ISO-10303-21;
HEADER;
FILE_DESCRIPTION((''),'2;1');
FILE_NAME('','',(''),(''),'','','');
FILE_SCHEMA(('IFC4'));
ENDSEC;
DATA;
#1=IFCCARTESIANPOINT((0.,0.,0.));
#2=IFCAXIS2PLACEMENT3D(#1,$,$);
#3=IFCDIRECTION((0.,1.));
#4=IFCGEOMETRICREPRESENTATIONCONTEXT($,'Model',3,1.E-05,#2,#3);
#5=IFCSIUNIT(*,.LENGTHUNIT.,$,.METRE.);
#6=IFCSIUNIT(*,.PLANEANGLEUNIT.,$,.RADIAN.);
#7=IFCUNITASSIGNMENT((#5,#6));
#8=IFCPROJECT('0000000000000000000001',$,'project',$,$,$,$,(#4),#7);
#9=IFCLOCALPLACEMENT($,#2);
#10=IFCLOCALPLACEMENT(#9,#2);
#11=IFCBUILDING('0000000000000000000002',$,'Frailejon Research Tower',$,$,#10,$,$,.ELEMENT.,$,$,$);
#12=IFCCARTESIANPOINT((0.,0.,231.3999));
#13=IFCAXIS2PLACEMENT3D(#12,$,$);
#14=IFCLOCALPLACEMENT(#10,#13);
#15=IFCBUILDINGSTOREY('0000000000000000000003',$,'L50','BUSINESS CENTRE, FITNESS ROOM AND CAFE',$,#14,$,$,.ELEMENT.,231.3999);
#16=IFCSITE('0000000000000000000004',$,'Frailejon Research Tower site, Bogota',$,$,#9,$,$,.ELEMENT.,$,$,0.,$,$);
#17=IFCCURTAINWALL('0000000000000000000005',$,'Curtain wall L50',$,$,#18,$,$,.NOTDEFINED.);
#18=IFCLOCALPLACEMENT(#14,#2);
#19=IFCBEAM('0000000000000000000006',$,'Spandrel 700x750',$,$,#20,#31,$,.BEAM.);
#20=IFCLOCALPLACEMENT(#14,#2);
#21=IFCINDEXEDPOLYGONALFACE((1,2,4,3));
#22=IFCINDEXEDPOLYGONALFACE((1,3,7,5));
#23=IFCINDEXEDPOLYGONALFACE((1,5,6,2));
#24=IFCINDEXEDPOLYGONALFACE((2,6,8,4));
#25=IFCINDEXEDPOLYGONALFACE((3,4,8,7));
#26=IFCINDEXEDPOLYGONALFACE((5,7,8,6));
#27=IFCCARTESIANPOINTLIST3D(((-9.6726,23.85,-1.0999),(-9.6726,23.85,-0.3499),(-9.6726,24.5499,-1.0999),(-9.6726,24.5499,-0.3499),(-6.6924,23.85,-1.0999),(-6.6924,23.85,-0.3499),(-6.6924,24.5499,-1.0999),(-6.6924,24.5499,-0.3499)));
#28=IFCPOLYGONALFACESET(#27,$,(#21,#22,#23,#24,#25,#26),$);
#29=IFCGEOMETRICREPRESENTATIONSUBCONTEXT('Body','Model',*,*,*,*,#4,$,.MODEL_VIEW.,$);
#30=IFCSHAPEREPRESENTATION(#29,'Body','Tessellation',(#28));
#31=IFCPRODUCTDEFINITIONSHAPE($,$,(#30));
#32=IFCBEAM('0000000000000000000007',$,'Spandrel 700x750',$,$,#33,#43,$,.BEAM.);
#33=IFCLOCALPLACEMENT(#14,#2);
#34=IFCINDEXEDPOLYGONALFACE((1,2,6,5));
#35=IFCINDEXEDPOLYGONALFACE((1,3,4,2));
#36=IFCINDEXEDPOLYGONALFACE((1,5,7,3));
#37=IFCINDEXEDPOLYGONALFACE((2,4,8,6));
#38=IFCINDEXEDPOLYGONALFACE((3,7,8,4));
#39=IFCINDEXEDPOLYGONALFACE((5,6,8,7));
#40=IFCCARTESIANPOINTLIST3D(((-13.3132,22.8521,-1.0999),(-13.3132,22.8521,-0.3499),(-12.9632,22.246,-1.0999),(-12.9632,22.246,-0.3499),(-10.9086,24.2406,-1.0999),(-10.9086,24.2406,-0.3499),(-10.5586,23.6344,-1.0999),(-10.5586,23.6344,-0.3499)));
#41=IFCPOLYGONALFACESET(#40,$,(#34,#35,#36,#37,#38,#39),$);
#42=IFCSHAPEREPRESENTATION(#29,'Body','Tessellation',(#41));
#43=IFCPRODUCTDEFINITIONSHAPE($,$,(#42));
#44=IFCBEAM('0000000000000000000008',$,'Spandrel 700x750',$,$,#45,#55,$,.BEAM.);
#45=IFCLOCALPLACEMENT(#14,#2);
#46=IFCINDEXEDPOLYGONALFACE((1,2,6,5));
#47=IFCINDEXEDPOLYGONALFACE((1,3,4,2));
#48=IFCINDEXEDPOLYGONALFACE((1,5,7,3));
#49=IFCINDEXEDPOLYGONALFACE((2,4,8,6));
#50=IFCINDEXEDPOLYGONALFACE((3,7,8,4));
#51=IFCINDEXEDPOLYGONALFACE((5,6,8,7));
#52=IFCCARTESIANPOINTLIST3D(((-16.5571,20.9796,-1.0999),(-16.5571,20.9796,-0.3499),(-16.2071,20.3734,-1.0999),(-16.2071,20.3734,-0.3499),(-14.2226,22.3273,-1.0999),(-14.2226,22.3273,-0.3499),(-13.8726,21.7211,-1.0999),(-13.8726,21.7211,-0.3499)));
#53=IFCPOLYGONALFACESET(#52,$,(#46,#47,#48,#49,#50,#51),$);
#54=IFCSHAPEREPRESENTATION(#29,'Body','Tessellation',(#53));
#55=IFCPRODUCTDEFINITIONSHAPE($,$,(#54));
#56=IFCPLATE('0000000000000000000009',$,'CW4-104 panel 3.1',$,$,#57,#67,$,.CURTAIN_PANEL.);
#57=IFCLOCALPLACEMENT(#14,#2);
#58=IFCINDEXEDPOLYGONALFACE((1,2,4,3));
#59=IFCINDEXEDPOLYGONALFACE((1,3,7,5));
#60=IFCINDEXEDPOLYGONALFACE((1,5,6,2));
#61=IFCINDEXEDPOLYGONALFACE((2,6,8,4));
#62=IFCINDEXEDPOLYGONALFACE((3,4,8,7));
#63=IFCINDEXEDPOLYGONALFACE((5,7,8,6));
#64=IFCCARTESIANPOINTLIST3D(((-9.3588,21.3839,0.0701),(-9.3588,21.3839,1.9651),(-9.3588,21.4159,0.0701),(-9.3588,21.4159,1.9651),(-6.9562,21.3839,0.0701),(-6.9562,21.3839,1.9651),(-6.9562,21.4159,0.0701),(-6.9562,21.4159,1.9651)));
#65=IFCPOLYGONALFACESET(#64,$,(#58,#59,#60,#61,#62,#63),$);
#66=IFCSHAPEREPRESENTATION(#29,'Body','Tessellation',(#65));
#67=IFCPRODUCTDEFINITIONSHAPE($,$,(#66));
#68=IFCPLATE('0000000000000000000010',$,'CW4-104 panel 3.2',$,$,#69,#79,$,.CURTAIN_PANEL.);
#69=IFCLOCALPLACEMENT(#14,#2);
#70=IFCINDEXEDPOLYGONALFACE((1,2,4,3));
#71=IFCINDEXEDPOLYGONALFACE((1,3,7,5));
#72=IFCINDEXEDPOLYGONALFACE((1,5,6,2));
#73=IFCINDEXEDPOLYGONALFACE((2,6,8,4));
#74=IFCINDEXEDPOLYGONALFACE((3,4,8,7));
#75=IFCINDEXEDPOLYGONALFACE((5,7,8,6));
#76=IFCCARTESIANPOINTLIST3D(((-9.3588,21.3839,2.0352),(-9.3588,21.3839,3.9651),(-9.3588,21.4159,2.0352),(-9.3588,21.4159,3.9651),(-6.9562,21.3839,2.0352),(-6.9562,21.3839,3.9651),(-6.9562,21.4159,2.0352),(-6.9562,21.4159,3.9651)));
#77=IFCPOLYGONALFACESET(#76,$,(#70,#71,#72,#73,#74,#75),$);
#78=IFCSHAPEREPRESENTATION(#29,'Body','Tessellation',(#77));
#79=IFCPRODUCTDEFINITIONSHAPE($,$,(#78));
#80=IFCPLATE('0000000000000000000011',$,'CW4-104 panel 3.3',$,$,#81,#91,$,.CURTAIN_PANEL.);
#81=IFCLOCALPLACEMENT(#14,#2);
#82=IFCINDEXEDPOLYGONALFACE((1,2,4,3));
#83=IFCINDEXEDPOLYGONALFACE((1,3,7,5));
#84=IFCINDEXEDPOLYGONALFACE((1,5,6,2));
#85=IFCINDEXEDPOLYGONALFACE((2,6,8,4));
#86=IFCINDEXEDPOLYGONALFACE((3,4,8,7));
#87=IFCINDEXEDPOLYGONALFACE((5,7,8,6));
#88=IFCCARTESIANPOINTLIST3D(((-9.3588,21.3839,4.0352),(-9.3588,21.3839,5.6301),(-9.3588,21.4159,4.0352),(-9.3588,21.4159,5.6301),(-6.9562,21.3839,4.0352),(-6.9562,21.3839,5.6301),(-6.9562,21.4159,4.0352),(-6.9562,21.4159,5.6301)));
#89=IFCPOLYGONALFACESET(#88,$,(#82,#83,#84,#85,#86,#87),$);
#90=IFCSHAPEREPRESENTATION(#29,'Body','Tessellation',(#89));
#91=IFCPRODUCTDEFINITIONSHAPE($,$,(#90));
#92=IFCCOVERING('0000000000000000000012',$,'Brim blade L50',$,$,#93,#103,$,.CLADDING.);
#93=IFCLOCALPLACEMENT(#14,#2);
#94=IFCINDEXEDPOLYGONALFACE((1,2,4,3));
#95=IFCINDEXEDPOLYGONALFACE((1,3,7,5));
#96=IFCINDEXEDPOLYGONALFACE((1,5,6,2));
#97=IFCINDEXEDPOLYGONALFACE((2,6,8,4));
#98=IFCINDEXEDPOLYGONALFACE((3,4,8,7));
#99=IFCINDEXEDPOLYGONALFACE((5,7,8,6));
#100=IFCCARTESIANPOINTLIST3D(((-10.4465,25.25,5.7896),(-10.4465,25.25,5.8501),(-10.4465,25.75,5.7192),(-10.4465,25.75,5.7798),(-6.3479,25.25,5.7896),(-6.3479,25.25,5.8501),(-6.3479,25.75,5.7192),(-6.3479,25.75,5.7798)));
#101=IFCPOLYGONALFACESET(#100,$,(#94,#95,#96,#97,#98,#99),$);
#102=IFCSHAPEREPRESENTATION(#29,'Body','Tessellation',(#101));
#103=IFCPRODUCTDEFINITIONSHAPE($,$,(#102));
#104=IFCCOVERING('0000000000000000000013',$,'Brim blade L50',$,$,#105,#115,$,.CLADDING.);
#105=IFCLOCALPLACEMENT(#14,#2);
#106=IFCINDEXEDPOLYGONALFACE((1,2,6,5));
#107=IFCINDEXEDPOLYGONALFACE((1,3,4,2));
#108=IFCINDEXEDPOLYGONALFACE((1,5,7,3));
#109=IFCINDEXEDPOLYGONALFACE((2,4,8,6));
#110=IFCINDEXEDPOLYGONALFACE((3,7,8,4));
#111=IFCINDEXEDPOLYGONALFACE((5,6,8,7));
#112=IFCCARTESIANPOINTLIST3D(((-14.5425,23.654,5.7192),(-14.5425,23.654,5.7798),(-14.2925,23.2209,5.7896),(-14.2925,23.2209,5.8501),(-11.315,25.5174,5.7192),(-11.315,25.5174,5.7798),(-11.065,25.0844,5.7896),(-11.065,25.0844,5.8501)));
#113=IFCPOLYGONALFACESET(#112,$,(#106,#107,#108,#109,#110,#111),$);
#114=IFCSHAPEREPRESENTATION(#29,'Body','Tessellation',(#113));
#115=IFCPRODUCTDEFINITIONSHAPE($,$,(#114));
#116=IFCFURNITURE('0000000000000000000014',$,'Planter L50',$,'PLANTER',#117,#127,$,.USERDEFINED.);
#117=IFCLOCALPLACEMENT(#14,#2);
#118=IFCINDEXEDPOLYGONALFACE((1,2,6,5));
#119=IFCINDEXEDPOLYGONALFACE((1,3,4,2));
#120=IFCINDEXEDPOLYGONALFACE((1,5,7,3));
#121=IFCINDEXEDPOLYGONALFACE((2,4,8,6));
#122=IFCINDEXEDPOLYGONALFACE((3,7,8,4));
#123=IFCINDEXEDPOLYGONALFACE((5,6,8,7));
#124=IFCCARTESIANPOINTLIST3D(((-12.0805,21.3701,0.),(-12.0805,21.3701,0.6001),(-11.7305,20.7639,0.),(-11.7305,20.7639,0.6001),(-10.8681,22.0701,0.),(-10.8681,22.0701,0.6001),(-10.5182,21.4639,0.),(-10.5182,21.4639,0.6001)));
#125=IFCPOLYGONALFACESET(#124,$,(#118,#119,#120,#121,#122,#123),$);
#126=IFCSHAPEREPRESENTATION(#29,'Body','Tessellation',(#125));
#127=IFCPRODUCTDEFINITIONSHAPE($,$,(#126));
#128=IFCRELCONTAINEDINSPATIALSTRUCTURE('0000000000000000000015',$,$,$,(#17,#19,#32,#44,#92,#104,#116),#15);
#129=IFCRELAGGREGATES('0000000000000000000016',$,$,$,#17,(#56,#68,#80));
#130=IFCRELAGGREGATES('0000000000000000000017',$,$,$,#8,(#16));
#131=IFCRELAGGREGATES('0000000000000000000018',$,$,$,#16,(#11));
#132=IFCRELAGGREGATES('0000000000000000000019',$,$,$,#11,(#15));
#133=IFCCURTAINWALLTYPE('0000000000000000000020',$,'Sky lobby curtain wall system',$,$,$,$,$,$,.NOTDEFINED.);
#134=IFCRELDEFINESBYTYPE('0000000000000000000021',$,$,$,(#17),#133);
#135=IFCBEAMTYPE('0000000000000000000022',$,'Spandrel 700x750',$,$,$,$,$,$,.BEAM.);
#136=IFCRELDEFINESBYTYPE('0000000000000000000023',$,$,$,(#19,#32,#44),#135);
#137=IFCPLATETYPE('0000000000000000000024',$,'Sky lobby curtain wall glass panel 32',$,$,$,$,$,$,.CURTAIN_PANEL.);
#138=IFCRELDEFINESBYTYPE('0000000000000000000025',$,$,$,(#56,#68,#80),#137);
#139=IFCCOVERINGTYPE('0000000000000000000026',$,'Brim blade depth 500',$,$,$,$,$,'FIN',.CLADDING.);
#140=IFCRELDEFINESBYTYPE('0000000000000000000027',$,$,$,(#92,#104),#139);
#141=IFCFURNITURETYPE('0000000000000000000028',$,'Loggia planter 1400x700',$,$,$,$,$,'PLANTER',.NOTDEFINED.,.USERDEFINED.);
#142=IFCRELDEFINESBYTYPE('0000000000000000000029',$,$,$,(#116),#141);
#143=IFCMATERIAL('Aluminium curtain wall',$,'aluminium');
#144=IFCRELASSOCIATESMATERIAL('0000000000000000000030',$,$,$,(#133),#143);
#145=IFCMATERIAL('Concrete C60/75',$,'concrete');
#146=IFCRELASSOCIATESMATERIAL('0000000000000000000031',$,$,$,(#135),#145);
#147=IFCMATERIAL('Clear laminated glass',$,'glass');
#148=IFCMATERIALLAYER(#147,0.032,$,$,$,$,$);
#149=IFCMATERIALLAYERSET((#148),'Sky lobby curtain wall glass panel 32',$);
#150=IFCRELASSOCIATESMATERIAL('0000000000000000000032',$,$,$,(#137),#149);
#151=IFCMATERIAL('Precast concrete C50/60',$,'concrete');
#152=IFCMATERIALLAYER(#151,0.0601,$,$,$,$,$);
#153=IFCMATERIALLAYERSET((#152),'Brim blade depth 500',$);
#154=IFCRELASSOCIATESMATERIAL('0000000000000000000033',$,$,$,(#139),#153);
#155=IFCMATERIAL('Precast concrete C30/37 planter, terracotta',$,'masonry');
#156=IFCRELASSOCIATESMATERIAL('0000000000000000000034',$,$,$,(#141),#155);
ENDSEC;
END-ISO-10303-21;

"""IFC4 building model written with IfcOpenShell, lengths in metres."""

from ifc_helpers import new_model, si_unit, direction, frame, origin, origin_2d, place, context, subcontext, project, spatial, polyline, rectangle, outline, extrude, material, layer, layer_set, material_profile, profile_set, type_object, element, aggregate, save


model = new_model("IFC4")

# Units and contexts
model_context = context("Model", 3, precision=1e-05, world=origin(), true_north=direction((0.0, 1.0)))
body_context = subcontext(model_context, "Body", "Model", "MODEL_VIEW")
ifc_project = project(units=[si_unit("LENGTHUNIT", "METRE"), si_unit("PLANEANGLEUNIT", "RADIAN")], contexts=[model_context])

# Site, building, storey
site_placement = place(None, origin())
site = spatial("IfcSite", under=ifc_project, at=site_placement, Name="Frailejon Research Tower site, Bogota", CompositionType="ELEMENT", RefElevation=0.0)
building_placement = place(site_placement, origin())
building = spatial("IfcBuilding", under=site, at=building_placement, Name="Frailejon Research Tower", CompositionType="ELEMENT")
storey_placement = place(building_placement, frame((0.0, 0.0, 231.3999)))
storey = spatial("IfcBuildingStorey", under=building, at=storey_placement, Name="L50", Description="BUSINESS CENTRE, FITNESS ROOM AND CAFE", CompositionType="ELEMENT", Elevation=231.3999)

# Curtain wall
ifc_material_1 = material(Name="Aluminium curtain wall", Category="aluminium")
curtain_wall_type = type_object("IfcCurtainWallType", Name="Sky lobby curtain wall system", PredefinedType="NOTDEFINED", material=ifc_material_1)
curtain_wall_1_placement = place(storey_placement, origin())
curtain_wall_1 = element("IfcCurtainWall", 1, at=curtain_wall_1_placement, inside=storey, type_object=curtain_wall_type, Name="Curtain wall L50", PredefinedType="NOTDEFINED")

# Beams
ifc_material_2 = material(Name="Concrete C60/75", Category="concrete")
ifc_material_profile_1 = material_profile(ifc_material_2, rectangle(XDim=0.7, YDim=0.75, at=origin_2d()), Name="Spandrel 700x750")
ifc_profile_set_1 = profile_set([ifc_material_profile_1], Name="Concrete C60/75")
beam_type_1 = type_object("IfcBeamType", Name="Spandrel 700x750", PredefinedType="BEAM", material=ifc_profile_set_1)
beam_1_placement = place(storey_placement, frame((-6.6924, 24.2, -0.7249), z_axis=(-1.0, 0.0, 0.0), x_axis=(0.0, -1.0, 0.0)))
element("IfcBeam", 2, at=beam_1_placement, inside=storey, type_object=beam_type_1, Name="Spandrel 700x750", PredefinedType="BEAM", context=body_context, shape_type="SweptSolid", body=[
    extrude(rectangle(XDim=0.7, YDim=0.75, at=origin_2d()), origin(), (0.0, 0.0, 1.0), 2.9802),
])
beam_2_placement = place(storey_placement, frame((-10.7336, 23.9375, -0.7249), z_axis=(-0.866, -0.500045, 0.0), x_axis=(0.500045, -0.866, 0.0)))
element("IfcBeam", 3, at=beam_2_placement, inside=storey, type_object=beam_type_1, Name="Spandrel 700x750", PredefinedType="BEAM", context=body_context, shape_type="SweptSolid", body=[
    extrude(rectangle(XDim=0.7, YDim=0.75, at=origin_2d()), origin(), (0.0, 0.0, 1.0), 2.7766),
])
beam_3_placement = place(storey_placement, frame((-14.0476, 22.0242, -0.7249), z_axis=(-0.86605, -0.499958, 0.0), x_axis=(0.499958, -0.86605, 0.0)))
element("IfcBeam", 4, at=beam_3_placement, inside=storey, type_object=beam_type_1, Name="Spandrel 700x750", PredefinedType="BEAM", context=body_context, shape_type="SweptSolid", body=[
    extrude(rectangle(XDim=0.7, YDim=0.75, at=origin_2d()), origin(), (0.0, 0.0, 1.0), 2.6956),
])

# Plates
ifc_material_3 = material(Name="Clear laminated glass", Category="glass")
ifc_layer_1 = layer(ifc_material_3, 0.032)
ifc_layer_set_1 = layer_set([ifc_layer_1], Name="Sky lobby curtain wall glass panel 32")
plate_type = type_object("IfcPlateType", Name="Sky lobby curtain wall glass panel 32", PredefinedType="CURTAIN_PANEL", material=ifc_layer_set_1)
plate_1_placement = place(storey_placement, frame((-8.1575, 21.3999, 0.0701), z_axis=(0.0, 0.0, 1.0), x_axis=(-1.0, 0.0, 0.0)))
plate_1 = element("IfcPlate", 5, at=plate_1_placement, type_object=plate_type, Name="CW4-104 panel 3.1", PredefinedType="CURTAIN_PANEL", context=body_context, shape_type="SweptSolid", body=[
    extrude(rectangle(XDim=2.4026, YDim=0.032, at=origin_2d()), origin(), (0.0, 0.0, 1.0), 1.895),
])
plate_2_placement = place(storey_placement, frame((-8.1575, 21.3999, 2.0352), z_axis=(0.0, 0.0, 1.0), x_axis=(-1.0, 0.0, 0.0)))
plate_2 = element("IfcPlate", 6, at=plate_2_placement, type_object=plate_type, Name="CW4-104 panel 3.2", PredefinedType="CURTAIN_PANEL", context=body_context, shape_type="SweptSolid", body=[
    extrude(rectangle(XDim=2.4026, YDim=0.032, at=origin_2d()), origin(), (0.0, 0.0, 1.0), 1.9299),
])
plate_3_placement = place(storey_placement, frame((-8.1575, 21.3999, 4.0352), z_axis=(0.0, 0.0, 1.0), x_axis=(-1.0, 0.0, 0.0)))
plate_3 = element("IfcPlate", 7, at=plate_3_placement, type_object=plate_type, Name="CW4-104 panel 3.3", PredefinedType="CURTAIN_PANEL", context=body_context, shape_type="SweptSolid", body=[
    extrude(rectangle(XDim=2.4026, YDim=0.032, at=origin_2d()), origin(), (0.0, 0.0, 1.0), 1.595),
])
aggregate(curtain_wall_1, [plate_1, plate_2, plate_3])

# Coverings
ifc_material_4 = material(Name="Precast concrete C50/60", Category="concrete")
ifc_layer_2 = layer(ifc_material_4, 0.0601)
ifc_layer_set_2 = layer_set([ifc_layer_2], Name="Brim blade depth 500")
covering_type = type_object("IfcCoveringType", Name="Brim blade depth 500", ElementType="FIN", PredefinedType="CLADDING", material=ifc_layer_set_2)
covering_1_placement = place(storey_placement, frame((-10.4465, 25.25, 5.8501), z_axis=(1.0, 0.0, 0.0), x_axis=(0.0, 1.0, 0.0)))
element("IfcCovering", 8, at=covering_1_placement, inside=storey, type_object=covering_type, Name="Brim blade L50", PredefinedType="CLADDING", context=body_context, shape_type="SweptSolid", body=[
    extrude(outline(polyline([(0.0, -0.0605), (0.5, -0.1309), (0.5, -0.0703), (0.0, 0.0), (0.0, -0.0605)])), origin(), (0.0, 0.0, 1.0), 4.0986),
])
covering_2_placement = place(storey_placement, frame((-14.2925, 23.2209, 5.8501), z_axis=(0.866025, 0.500001, 0.0), x_axis=(-0.500001, 0.866025, 0.0)))
element("IfcCovering", 9, at=covering_2_placement, inside=storey, type_object=covering_type, Name="Brim blade L50", PredefinedType="CLADDING", context=body_context, shape_type="SweptSolid", body=[
    extrude(outline(polyline([(0.0, -0.0605), (0.5, -0.1309), (0.5, -0.0703), (0.0, 0.0), (0.0, -0.0605)])), origin(), (0.0, 0.0, 1.0), 3.7268),
])

# Furniture
ifc_material_5 = material(Name="Precast concrete C30/37 planter, terracotta", Category="masonry")
furniture_type = type_object("IfcFurnitureType", Name="Loggia planter 1400x700", ElementType="PLANTER", AssemblyPlace="NOTDEFINED", PredefinedType="USERDEFINED", material=ifc_material_5)
furniture_placement = place(storey_placement, frame((-11.2993, 21.417, 0.0), z_axis=(0.0, 0.0, 1.0), x_axis=(-0.866025, -0.5, 0.0)))
element("IfcFurniture", 10, at=furniture_placement, inside=storey, type_object=furniture_type, Name="Planter L50", ObjectType="PLANTER", PredefinedType="USERDEFINED", context=body_context, shape_type="SweptSolid", body=[
    extrude(rectangle(XDim=1.3999, YDim=0.7, at=origin_2d()), origin(), (0.0, 0.0, 1.0), 0.6001),
])

save(model, "model.ifc")
